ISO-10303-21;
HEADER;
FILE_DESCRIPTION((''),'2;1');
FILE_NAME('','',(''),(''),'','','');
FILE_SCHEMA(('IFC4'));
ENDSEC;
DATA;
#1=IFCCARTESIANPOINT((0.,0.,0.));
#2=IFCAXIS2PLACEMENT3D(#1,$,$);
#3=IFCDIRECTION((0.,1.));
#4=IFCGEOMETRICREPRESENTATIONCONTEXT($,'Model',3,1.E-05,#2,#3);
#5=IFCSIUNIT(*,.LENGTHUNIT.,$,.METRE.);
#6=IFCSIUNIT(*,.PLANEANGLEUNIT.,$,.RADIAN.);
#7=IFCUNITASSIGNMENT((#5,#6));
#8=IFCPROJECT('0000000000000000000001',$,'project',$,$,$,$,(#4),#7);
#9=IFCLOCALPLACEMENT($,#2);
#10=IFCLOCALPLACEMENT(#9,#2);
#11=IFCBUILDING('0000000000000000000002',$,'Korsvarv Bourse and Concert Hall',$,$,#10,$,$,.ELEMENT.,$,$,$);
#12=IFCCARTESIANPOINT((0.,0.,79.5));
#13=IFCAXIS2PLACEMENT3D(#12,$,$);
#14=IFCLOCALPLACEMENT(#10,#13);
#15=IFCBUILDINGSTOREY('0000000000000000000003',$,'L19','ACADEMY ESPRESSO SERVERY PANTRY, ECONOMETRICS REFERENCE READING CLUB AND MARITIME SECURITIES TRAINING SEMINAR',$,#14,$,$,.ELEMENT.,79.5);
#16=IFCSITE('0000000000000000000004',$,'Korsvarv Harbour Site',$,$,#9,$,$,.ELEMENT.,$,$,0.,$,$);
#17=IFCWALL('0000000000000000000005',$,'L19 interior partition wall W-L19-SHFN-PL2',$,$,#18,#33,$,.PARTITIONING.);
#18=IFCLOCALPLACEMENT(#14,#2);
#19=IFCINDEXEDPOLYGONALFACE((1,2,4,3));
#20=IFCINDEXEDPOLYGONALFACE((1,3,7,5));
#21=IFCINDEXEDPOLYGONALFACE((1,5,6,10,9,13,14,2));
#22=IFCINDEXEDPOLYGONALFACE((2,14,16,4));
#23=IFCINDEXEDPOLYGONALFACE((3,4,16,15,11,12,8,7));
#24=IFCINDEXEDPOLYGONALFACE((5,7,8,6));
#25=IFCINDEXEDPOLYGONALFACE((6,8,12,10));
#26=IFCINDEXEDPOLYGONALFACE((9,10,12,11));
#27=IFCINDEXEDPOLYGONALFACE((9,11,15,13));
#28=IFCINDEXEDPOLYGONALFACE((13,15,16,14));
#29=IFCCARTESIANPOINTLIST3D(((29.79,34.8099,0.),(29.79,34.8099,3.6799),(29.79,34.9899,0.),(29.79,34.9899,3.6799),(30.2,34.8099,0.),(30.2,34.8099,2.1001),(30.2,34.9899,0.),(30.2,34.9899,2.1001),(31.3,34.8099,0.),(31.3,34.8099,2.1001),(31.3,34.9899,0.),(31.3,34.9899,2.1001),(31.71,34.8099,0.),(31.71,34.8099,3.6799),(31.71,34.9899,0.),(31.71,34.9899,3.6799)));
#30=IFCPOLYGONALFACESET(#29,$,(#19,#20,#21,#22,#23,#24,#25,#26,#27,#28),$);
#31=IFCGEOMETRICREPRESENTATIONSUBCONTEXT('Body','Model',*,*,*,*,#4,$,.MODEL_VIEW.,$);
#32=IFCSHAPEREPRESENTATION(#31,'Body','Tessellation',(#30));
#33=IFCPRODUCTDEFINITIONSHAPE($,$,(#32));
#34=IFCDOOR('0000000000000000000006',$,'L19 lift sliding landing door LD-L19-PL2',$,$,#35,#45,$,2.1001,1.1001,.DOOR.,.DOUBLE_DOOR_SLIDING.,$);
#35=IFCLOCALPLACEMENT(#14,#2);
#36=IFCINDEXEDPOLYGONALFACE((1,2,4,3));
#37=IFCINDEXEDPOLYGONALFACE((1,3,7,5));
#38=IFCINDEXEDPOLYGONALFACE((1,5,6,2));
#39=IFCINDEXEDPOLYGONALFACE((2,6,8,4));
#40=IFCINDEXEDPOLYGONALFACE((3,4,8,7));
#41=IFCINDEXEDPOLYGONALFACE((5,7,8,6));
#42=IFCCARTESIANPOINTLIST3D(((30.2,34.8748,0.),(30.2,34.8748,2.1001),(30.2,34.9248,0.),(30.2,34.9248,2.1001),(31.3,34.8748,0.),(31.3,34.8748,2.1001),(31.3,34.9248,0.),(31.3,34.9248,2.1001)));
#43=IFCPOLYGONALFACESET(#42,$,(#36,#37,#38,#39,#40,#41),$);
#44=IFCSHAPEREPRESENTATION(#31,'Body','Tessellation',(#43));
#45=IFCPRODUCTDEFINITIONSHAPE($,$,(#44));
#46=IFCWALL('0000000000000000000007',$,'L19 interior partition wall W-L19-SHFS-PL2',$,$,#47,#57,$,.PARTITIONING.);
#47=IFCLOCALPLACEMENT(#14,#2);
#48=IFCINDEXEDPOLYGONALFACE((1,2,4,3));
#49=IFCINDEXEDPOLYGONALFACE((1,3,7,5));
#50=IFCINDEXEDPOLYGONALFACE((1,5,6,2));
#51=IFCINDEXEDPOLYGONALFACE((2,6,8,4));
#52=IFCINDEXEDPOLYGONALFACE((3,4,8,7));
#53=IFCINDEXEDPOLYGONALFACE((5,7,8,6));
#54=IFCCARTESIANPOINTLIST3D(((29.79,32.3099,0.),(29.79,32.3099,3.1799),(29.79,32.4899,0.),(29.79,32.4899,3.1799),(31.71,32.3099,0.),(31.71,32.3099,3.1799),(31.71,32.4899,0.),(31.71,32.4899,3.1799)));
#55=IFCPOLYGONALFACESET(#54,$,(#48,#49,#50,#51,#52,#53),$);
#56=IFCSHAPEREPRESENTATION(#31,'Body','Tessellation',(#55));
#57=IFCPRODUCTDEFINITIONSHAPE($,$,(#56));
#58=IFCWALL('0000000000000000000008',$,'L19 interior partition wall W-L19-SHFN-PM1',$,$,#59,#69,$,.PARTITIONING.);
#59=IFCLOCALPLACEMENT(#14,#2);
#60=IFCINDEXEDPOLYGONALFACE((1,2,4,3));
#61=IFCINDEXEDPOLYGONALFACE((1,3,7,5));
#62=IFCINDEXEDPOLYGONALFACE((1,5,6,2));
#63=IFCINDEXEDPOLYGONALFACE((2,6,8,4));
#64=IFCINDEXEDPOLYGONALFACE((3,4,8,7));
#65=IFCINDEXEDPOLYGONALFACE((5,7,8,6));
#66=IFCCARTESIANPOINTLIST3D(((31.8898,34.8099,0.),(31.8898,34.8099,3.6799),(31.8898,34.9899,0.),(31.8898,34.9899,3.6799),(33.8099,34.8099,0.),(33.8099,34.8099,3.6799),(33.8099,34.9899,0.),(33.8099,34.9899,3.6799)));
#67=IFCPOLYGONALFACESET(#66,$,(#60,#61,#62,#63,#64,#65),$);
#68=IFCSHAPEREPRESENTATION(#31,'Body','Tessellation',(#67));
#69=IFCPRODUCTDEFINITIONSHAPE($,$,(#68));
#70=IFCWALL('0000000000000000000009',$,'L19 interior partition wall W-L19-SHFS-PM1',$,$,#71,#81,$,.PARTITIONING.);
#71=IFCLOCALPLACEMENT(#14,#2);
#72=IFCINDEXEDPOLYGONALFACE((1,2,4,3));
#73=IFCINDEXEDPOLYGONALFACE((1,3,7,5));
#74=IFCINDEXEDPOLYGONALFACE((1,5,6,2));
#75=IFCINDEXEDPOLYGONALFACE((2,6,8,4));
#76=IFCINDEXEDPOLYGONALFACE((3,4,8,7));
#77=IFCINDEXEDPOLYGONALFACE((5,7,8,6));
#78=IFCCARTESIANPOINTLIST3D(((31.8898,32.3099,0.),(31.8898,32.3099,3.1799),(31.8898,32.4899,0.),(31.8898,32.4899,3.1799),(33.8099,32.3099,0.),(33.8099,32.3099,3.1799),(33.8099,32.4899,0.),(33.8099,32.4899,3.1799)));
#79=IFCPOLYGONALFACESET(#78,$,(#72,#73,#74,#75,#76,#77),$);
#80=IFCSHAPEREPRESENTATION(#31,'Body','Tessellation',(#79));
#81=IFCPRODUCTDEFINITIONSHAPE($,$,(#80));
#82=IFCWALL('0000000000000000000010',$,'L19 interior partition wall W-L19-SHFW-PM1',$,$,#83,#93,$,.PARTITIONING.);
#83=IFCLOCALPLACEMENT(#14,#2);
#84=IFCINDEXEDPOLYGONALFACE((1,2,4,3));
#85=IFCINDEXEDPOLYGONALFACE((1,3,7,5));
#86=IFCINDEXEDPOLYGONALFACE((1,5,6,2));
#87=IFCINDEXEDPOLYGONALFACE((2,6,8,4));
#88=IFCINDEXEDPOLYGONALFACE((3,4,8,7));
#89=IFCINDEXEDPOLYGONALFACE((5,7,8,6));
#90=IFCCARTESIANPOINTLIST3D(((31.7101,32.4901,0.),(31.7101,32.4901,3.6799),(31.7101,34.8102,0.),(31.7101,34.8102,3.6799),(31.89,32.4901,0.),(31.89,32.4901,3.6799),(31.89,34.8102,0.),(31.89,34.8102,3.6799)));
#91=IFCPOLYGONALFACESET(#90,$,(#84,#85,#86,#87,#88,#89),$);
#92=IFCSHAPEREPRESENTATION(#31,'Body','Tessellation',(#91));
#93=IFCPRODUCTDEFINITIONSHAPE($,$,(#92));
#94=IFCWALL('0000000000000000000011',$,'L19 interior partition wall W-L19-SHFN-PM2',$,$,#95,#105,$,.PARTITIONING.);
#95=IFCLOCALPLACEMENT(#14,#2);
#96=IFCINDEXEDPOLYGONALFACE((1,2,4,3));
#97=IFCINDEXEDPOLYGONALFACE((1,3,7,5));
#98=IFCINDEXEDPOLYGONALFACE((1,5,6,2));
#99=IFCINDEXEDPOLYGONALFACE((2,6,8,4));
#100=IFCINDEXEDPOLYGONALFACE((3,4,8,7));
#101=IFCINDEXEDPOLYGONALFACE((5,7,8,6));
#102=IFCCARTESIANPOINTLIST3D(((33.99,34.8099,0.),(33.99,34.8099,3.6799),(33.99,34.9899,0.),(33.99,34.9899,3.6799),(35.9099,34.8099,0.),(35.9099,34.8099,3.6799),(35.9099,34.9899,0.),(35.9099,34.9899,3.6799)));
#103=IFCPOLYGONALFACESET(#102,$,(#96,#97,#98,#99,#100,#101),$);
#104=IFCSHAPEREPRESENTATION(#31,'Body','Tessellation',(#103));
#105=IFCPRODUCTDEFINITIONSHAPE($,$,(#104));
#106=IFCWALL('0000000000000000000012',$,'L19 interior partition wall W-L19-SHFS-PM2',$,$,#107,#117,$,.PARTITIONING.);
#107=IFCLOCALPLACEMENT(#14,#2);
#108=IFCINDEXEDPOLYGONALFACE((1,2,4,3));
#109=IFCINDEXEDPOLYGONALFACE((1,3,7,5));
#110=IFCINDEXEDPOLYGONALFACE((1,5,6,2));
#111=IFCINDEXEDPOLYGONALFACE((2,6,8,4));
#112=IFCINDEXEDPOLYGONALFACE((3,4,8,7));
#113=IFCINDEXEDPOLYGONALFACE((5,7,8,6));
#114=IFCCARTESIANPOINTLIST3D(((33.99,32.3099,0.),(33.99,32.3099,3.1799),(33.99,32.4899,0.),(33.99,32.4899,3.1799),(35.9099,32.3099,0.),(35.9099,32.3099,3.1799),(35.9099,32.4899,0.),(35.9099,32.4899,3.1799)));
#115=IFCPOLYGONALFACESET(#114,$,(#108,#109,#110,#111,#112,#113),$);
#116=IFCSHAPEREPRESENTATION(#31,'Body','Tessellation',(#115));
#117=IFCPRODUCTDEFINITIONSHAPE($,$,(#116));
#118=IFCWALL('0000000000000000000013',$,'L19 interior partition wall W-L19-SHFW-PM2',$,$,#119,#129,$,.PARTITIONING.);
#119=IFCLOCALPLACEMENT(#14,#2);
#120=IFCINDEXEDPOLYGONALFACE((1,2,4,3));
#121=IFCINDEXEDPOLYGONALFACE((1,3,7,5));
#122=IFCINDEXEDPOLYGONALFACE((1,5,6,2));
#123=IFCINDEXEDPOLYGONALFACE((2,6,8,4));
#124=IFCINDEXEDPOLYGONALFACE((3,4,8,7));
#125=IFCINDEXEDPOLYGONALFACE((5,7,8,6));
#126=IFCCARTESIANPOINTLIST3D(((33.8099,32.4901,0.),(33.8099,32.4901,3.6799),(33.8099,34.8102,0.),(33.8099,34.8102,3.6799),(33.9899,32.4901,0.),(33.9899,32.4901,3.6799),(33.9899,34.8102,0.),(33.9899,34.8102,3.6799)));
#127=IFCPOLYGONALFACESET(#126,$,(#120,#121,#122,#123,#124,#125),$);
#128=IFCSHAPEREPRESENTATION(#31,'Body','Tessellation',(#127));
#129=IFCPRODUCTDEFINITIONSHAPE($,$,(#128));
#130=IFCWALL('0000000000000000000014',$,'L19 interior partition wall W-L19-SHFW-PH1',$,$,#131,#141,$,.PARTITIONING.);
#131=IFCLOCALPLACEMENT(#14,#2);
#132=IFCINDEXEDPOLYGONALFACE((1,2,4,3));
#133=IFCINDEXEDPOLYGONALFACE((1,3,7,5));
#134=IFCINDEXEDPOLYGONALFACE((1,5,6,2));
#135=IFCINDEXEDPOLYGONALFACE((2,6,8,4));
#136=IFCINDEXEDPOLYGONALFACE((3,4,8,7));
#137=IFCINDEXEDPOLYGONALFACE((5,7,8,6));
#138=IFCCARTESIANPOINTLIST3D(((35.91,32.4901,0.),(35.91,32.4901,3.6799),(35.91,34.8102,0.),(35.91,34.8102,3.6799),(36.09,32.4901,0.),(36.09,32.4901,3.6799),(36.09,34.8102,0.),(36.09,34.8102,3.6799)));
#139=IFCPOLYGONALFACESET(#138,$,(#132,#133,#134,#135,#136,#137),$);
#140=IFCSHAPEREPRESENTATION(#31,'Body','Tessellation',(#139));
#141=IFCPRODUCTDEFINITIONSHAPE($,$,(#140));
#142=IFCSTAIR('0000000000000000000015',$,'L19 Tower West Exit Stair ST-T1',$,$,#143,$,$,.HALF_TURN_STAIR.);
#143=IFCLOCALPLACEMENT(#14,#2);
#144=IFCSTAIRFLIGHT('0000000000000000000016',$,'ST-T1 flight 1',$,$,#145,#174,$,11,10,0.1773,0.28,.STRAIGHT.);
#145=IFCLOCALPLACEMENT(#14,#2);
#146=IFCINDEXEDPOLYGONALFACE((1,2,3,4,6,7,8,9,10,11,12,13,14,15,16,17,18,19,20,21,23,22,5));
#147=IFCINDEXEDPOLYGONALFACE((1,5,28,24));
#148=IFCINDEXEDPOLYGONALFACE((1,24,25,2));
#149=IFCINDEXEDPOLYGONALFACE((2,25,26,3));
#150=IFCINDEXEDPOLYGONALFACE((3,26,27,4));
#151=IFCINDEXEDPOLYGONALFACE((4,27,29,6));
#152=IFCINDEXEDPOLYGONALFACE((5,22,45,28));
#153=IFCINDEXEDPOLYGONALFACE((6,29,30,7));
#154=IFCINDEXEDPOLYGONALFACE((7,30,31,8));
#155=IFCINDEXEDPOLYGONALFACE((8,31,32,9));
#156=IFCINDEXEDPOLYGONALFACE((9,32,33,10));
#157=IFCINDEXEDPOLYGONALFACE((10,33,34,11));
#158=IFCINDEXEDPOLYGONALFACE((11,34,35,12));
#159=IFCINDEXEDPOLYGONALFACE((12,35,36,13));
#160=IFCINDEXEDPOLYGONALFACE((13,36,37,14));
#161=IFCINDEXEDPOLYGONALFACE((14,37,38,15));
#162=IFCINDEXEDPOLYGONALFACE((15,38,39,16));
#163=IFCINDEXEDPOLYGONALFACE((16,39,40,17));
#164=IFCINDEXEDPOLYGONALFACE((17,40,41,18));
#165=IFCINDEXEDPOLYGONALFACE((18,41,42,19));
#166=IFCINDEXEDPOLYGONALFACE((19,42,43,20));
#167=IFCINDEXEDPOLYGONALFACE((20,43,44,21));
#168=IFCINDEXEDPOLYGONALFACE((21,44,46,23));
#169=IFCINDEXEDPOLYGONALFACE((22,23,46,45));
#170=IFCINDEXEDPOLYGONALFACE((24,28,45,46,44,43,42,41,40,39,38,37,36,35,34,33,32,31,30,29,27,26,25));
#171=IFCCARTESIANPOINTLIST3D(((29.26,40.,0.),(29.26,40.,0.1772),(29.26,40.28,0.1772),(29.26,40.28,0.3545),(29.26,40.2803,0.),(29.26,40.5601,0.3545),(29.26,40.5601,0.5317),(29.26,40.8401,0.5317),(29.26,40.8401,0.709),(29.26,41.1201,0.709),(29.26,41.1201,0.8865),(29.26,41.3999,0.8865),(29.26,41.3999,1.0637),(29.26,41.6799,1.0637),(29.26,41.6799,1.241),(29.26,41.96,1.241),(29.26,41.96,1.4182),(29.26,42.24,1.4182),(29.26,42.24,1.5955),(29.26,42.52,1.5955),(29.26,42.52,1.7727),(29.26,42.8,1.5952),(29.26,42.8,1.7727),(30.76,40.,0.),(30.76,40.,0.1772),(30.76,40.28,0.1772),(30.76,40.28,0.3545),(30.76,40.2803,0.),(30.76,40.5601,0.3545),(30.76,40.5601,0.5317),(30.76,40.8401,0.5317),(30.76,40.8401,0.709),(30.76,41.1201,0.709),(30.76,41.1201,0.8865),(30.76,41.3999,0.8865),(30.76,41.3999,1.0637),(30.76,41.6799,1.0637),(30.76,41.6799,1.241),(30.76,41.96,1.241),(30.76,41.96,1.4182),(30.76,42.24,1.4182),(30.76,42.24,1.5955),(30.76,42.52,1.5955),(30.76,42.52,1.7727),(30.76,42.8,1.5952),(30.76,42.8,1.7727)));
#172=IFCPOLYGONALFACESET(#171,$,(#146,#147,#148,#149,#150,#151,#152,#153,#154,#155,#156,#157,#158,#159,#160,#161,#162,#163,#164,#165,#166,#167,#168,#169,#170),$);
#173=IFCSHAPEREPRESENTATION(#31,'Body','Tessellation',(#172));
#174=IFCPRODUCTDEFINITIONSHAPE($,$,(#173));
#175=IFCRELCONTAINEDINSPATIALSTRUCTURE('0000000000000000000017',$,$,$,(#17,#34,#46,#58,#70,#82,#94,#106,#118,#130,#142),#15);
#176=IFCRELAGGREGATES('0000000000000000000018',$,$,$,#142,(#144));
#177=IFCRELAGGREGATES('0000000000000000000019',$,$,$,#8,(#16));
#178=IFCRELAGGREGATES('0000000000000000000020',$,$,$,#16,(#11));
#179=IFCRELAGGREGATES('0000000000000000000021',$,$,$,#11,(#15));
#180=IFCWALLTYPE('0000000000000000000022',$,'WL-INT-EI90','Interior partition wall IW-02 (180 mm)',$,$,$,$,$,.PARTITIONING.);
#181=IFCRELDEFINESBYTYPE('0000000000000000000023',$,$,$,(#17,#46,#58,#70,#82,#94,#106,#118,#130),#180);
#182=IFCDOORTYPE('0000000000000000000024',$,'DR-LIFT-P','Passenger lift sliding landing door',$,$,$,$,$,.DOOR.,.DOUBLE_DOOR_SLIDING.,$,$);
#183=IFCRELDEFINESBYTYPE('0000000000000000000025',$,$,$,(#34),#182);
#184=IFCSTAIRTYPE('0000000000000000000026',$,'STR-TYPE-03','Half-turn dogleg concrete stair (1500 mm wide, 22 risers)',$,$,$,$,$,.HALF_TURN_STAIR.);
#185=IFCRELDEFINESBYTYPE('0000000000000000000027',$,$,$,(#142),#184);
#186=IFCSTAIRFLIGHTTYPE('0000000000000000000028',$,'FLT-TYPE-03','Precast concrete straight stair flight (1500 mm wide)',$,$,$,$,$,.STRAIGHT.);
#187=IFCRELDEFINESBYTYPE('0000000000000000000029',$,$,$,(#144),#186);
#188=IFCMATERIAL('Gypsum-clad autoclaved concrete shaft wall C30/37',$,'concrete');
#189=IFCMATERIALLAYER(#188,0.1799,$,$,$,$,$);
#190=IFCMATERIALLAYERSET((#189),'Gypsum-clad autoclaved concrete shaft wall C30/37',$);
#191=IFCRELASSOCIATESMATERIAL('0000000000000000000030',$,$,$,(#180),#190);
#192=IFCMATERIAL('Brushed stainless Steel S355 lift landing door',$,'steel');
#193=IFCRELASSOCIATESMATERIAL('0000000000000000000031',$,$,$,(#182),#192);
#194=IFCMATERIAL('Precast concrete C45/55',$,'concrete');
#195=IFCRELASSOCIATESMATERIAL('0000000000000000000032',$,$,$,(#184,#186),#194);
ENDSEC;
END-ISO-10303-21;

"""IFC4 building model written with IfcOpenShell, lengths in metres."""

from ifc_helpers import new_model, si_unit, direction, frame, frame_2d, origin, place, context, subcontext, project, spatial, polyline, rectangle, outline, extrude, material, layer, layer_set, type_object, element, fill, aggregate, save


model = new_model("IFC4")

# Units and contexts
model_context = context("Model", 3, precision=1e-05, world=origin(), true_north=direction((0.0, 1.0)))
body_context = subcontext(model_context, "Body", "Model", "MODEL_VIEW")
ifc_project = project(units=[si_unit("LENGTHUNIT", "METRE"), si_unit("PLANEANGLEUNIT", "RADIAN")], contexts=[model_context])

# Site, building, storey
site_placement = place(None, origin())
site = spatial("IfcSite", under=ifc_project, at=site_placement, Name="Korsvarv Harbour Site", CompositionType="ELEMENT", RefElevation=0.0)
building_placement = place(site_placement, origin())
building = spatial("IfcBuilding", under=site, at=building_placement, Name="Korsvarv Bourse and Concert Hall", CompositionType="ELEMENT")
storey_placement = place(building_placement, frame((0.0, 0.0, 79.5)))
storey = spatial("IfcBuildingStorey", under=building, at=storey_placement, Name="L19", Description="ACADEMY ESPRESSO SERVERY PANTRY, ECONOMETRICS REFERENCE READING CLUB AND MARITIME SECURITIES TRAINING SEMINAR", CompositionType="ELEMENT", Elevation=79.5)

# Wall, opening, door
ifc_material_1 = material(Name="Gypsum-clad autoclaved concrete shaft wall C30/37", Category="concrete")
ifc_layer_1 = layer(ifc_material_1, 0.1799)
ifc_layer_set_1 = layer_set([ifc_layer_1], Name="Gypsum-clad autoclaved concrete shaft wall C30/37")
wall_type_1 = type_object("IfcWallType", Name="WL-INT-EI90", Description="Interior partition wall IW-02 (180 mm)", PredefinedType="PARTITIONING", material=ifc_layer_set_1)
wall_1_placement = place(storey_placement, frame((29.79, 34.8999, 0.0), z_axis=(0.0, 0.0, 1.0), x_axis=(1.0, 0.0, 0.0)))
wall_1 = element("IfcWall", 1, at=wall_1_placement, inside=storey, type_object=wall_type_1, Name="L19 interior partition wall W-L19-SHFN-PL2", PredefinedType="PARTITIONING", context=body_context, shape_type="SweptSolid", body=[
    extrude(rectangle(XDim=1.9199, YDim=0.1799, at=frame_2d((0.96, 0.0))), origin(), (0.0, 0.0, 1.0), 3.6799),
])
opening_1_placement = place(wall_1_placement, frame((0.4099, 0.0, 0.0)))
opening_1 = element("IfcOpeningElement", 2, at=opening_1_placement, cuts=wall_1, PredefinedType="OPENING", context=body_context, shape_type="SweptSolid", body=[
    extrude(rectangle(XDim=1.1001, YDim=2.1001, at=frame_2d((0.55, 1.05))), frame((0.0, 0.1001, 0.0), z_axis=(0.0, -1.0, 0.0), x_axis=(1.0, 0.0, 0.0)), (0.0, 0.0, 1.0), 0.2),
])
ifc_material_2 = material(Name="Brushed stainless Steel S355 lift landing door", Category="steel")
door_type_1 = type_object("IfcDoorType", Name="DR-LIFT-P", Description="Passenger lift sliding landing door", OperationType="DOUBLE_DOOR_SLIDING", PredefinedType="DOOR", material=ifc_material_2)
door_1_placement = place(opening_1_placement, origin())
door_1 = element("IfcDoor", 3, at=door_1_placement, inside=storey, type_object=door_type_1, Name="L19 lift sliding landing door LD-L19-PL2", OperationType="DOUBLE_DOOR_SLIDING", OverallHeight=2.1001, OverallWidth=1.1001, PredefinedType="DOOR", context=body_context, shape_type="SweptSolid", body=[
    extrude(rectangle(XDim=1.1001, YDim=2.1001, at=frame_2d((0.55, 1.05))), frame((0.0, 0.0249, 0.0), z_axis=(0.0, -1.0, 0.0), x_axis=(1.0, 0.0, 0.0)), (0.0, 0.0, 1.0), 0.05),
])
fill(opening_1, door_1)

# Walls
wall_2_placement = place(storey_placement, frame((29.79, 32.3999, 0.0), z_axis=(0.0, 0.0, 1.0), x_axis=(1.0, 0.0, 0.0)))
element("IfcWall", 4, at=wall_2_placement, inside=storey, type_object=wall_type_1, Name="L19 interior partition wall W-L19-SHFS-PL2", PredefinedType="PARTITIONING", context=body_context, shape_type="SweptSolid", body=[
    extrude(rectangle(XDim=1.9199, YDim=0.1799, at=frame_2d((0.96, 0.0))), origin(), (0.0, 0.0, 1.0), 3.1799),
])
wall_3_placement = place(storey_placement, frame((31.8899, 34.8999, 0.0), z_axis=(0.0, 0.0, 1.0), x_axis=(1.0, 0.0, 0.0)))
element("IfcWall", 5, at=wall_3_placement, inside=storey, type_object=wall_type_1, Name="L19 interior partition wall W-L19-SHFN-PM1", PredefinedType="PARTITIONING", context=body_context, shape_type="SweptSolid", body=[
    extrude(rectangle(XDim=1.9202, YDim=0.1799, at=frame_2d((0.96, 0.0))), origin(), (0.0, 0.0, 1.0), 3.6799),
])
wall_4_placement = place(storey_placement, frame((31.8899, 32.3999, 0.0), z_axis=(0.0, 0.0, 1.0), x_axis=(1.0, 0.0, 0.0)))
element("IfcWall", 6, at=wall_4_placement, inside=storey, type_object=wall_type_1, Name="L19 interior partition wall W-L19-SHFS-PM1", PredefinedType="PARTITIONING", context=body_context, shape_type="SweptSolid", body=[
    extrude(rectangle(XDim=1.9202, YDim=0.1799, at=frame_2d((0.96, 0.0))), origin(), (0.0, 0.0, 1.0), 3.1799),
])
wall_5_placement = place(storey_placement, frame((31.8, 32.49, 0.0), z_axis=(0.0, 0.0, 1.0), x_axis=(0.0, 1.0, 0.0)))
element("IfcWall", 7, at=wall_5_placement, inside=storey, type_object=wall_type_1, Name="L19 interior partition wall W-L19-SHFW-PM1", PredefinedType="PARTITIONING", context=body_context, shape_type="SweptSolid", body=[
    extrude(rectangle(XDim=2.3201, YDim=0.1799, at=frame_2d((1.1602, 0.0))), origin(), (0.0, 0.0, 1.0), 3.6799),
])
wall_6_placement = place(storey_placement, frame((33.99, 34.8999, 0.0), z_axis=(0.0, 0.0, 1.0), x_axis=(1.0, 0.0, 0.0)))
element("IfcWall", 8, at=wall_6_placement, inside=storey, type_object=wall_type_1, Name="L19 interior partition wall W-L19-SHFN-PM2", PredefinedType="PARTITIONING", context=body_context, shape_type="SweptSolid", body=[
    extrude(rectangle(XDim=1.9199, YDim=0.1799, at=frame_2d((0.96, 0.0))), origin(), (0.0, 0.0, 1.0), 3.6799),
])
wall_7_placement = place(storey_placement, frame((33.99, 32.3999, 0.0), z_axis=(0.0, 0.0, 1.0), x_axis=(1.0, 0.0, 0.0)))
element("IfcWall", 9, at=wall_7_placement, inside=storey, type_object=wall_type_1, Name="L19 interior partition wall W-L19-SHFS-PM2", PredefinedType="PARTITIONING", context=body_context, shape_type="SweptSolid", body=[
    extrude(rectangle(XDim=1.9199, YDim=0.1799, at=frame_2d((0.96, 0.0))), origin(), (0.0, 0.0, 1.0), 3.1799),
])
for number, where, z_axis, x_axis, name in (
    (10, (33.8999, 32.49, 0.0), (0.0, 0.0, 1.0), (0.0, 1.0, 0.0), "L19 interior partition wall W-L19-SHFW-PM2"),
    (11, (36.0, 32.49, 0.0), (0.0, 0.0, 1.0), (0.0, 1.0, 0.0), "L19 interior partition wall W-L19-SHFW-PH1"),
):
    element("IfcWall", number, at=place(storey_placement, frame(where, z_axis=z_axis, x_axis=x_axis)), inside=storey, type_object=wall_type_1, Name=name, PredefinedType="PARTITIONING", context=body_context, shape_type="SweptSolid", body=[
        extrude(rectangle(XDim=2.3201, YDim=0.1799, at=frame_2d((1.1602, 0.0))), origin(), (0.0, 0.0, 1.0), 3.6799),
    ])

# Stair, stair flight
ifc_material_3 = material(Name="Precast concrete C45/55", Category="concrete")
stair_type = type_object("IfcStairType", Name="STR-TYPE-03", Description="Half-turn dogleg concrete stair (1500 mm wide, 22 risers)", PredefinedType="HALF_TURN_STAIR", material=ifc_material_3)
stair_placement = place(storey_placement, origin())
stair = element("IfcStair", 12, at=stair_placement, inside=storey, type_object=stair_type, Name="L19 Tower West Exit Stair ST-T1", PredefinedType="HALF_TURN_STAIR")
stair_flight_type = type_object("IfcStairFlightType", Name="FLT-TYPE-03", Description="Precast concrete straight stair flight (1500 mm wide)", PredefinedType="STRAIGHT", material=ifc_material_3)
stair_flight_placement = place(storey_placement, frame((30.01, 40.0, 0.0), z_axis=(0.0, 0.0, 1.0), x_axis=(0.0, 1.0, 0.0)))
stair_flight = element("IfcStairFlight", 13, at=stair_flight_placement, type_object=stair_flight_type, Name="ST-T1 flight 1", NumberOfRisers=11, NumberOfTreads=10, PredefinedType="STRAIGHT", RiserHeight=0.1773, TreadLength=0.28, context=body_context, shape_type="SweptSolid", body=[
    extrude(outline(polyline([(0.0, 0.0), (0.0, 0.1772), (0.28, 0.1772), (0.28, 0.3545), (0.5601, 0.3545), (0.5601, 0.5317), (0.8401, 0.5317), (0.8401, 0.709), (1.1201, 0.709), (1.1201, 0.8865), (1.3999, 0.8865), (1.3999, 1.0637), (1.6799, 1.0637), (1.6799, 1.241), (1.96, 1.241), (1.96, 1.4182), (2.24, 1.4182), (2.24, 1.5955), (2.52, 1.5955), (2.52, 1.7727), (2.8, 1.7727), (2.8, 1.95), (2.8, 1.5952), (0.2803, 0.0), (0.0, 0.0)])), frame((0.0, 0.75, 0.0), z_axis=(0.0, -1.0, 0.0), x_axis=(1.0, 0.0, 0.0)), (0.0, 0.0, 1.0), 1.5),
])
aggregate(stair, [stair_flight])

save(model, "model.ifc")
